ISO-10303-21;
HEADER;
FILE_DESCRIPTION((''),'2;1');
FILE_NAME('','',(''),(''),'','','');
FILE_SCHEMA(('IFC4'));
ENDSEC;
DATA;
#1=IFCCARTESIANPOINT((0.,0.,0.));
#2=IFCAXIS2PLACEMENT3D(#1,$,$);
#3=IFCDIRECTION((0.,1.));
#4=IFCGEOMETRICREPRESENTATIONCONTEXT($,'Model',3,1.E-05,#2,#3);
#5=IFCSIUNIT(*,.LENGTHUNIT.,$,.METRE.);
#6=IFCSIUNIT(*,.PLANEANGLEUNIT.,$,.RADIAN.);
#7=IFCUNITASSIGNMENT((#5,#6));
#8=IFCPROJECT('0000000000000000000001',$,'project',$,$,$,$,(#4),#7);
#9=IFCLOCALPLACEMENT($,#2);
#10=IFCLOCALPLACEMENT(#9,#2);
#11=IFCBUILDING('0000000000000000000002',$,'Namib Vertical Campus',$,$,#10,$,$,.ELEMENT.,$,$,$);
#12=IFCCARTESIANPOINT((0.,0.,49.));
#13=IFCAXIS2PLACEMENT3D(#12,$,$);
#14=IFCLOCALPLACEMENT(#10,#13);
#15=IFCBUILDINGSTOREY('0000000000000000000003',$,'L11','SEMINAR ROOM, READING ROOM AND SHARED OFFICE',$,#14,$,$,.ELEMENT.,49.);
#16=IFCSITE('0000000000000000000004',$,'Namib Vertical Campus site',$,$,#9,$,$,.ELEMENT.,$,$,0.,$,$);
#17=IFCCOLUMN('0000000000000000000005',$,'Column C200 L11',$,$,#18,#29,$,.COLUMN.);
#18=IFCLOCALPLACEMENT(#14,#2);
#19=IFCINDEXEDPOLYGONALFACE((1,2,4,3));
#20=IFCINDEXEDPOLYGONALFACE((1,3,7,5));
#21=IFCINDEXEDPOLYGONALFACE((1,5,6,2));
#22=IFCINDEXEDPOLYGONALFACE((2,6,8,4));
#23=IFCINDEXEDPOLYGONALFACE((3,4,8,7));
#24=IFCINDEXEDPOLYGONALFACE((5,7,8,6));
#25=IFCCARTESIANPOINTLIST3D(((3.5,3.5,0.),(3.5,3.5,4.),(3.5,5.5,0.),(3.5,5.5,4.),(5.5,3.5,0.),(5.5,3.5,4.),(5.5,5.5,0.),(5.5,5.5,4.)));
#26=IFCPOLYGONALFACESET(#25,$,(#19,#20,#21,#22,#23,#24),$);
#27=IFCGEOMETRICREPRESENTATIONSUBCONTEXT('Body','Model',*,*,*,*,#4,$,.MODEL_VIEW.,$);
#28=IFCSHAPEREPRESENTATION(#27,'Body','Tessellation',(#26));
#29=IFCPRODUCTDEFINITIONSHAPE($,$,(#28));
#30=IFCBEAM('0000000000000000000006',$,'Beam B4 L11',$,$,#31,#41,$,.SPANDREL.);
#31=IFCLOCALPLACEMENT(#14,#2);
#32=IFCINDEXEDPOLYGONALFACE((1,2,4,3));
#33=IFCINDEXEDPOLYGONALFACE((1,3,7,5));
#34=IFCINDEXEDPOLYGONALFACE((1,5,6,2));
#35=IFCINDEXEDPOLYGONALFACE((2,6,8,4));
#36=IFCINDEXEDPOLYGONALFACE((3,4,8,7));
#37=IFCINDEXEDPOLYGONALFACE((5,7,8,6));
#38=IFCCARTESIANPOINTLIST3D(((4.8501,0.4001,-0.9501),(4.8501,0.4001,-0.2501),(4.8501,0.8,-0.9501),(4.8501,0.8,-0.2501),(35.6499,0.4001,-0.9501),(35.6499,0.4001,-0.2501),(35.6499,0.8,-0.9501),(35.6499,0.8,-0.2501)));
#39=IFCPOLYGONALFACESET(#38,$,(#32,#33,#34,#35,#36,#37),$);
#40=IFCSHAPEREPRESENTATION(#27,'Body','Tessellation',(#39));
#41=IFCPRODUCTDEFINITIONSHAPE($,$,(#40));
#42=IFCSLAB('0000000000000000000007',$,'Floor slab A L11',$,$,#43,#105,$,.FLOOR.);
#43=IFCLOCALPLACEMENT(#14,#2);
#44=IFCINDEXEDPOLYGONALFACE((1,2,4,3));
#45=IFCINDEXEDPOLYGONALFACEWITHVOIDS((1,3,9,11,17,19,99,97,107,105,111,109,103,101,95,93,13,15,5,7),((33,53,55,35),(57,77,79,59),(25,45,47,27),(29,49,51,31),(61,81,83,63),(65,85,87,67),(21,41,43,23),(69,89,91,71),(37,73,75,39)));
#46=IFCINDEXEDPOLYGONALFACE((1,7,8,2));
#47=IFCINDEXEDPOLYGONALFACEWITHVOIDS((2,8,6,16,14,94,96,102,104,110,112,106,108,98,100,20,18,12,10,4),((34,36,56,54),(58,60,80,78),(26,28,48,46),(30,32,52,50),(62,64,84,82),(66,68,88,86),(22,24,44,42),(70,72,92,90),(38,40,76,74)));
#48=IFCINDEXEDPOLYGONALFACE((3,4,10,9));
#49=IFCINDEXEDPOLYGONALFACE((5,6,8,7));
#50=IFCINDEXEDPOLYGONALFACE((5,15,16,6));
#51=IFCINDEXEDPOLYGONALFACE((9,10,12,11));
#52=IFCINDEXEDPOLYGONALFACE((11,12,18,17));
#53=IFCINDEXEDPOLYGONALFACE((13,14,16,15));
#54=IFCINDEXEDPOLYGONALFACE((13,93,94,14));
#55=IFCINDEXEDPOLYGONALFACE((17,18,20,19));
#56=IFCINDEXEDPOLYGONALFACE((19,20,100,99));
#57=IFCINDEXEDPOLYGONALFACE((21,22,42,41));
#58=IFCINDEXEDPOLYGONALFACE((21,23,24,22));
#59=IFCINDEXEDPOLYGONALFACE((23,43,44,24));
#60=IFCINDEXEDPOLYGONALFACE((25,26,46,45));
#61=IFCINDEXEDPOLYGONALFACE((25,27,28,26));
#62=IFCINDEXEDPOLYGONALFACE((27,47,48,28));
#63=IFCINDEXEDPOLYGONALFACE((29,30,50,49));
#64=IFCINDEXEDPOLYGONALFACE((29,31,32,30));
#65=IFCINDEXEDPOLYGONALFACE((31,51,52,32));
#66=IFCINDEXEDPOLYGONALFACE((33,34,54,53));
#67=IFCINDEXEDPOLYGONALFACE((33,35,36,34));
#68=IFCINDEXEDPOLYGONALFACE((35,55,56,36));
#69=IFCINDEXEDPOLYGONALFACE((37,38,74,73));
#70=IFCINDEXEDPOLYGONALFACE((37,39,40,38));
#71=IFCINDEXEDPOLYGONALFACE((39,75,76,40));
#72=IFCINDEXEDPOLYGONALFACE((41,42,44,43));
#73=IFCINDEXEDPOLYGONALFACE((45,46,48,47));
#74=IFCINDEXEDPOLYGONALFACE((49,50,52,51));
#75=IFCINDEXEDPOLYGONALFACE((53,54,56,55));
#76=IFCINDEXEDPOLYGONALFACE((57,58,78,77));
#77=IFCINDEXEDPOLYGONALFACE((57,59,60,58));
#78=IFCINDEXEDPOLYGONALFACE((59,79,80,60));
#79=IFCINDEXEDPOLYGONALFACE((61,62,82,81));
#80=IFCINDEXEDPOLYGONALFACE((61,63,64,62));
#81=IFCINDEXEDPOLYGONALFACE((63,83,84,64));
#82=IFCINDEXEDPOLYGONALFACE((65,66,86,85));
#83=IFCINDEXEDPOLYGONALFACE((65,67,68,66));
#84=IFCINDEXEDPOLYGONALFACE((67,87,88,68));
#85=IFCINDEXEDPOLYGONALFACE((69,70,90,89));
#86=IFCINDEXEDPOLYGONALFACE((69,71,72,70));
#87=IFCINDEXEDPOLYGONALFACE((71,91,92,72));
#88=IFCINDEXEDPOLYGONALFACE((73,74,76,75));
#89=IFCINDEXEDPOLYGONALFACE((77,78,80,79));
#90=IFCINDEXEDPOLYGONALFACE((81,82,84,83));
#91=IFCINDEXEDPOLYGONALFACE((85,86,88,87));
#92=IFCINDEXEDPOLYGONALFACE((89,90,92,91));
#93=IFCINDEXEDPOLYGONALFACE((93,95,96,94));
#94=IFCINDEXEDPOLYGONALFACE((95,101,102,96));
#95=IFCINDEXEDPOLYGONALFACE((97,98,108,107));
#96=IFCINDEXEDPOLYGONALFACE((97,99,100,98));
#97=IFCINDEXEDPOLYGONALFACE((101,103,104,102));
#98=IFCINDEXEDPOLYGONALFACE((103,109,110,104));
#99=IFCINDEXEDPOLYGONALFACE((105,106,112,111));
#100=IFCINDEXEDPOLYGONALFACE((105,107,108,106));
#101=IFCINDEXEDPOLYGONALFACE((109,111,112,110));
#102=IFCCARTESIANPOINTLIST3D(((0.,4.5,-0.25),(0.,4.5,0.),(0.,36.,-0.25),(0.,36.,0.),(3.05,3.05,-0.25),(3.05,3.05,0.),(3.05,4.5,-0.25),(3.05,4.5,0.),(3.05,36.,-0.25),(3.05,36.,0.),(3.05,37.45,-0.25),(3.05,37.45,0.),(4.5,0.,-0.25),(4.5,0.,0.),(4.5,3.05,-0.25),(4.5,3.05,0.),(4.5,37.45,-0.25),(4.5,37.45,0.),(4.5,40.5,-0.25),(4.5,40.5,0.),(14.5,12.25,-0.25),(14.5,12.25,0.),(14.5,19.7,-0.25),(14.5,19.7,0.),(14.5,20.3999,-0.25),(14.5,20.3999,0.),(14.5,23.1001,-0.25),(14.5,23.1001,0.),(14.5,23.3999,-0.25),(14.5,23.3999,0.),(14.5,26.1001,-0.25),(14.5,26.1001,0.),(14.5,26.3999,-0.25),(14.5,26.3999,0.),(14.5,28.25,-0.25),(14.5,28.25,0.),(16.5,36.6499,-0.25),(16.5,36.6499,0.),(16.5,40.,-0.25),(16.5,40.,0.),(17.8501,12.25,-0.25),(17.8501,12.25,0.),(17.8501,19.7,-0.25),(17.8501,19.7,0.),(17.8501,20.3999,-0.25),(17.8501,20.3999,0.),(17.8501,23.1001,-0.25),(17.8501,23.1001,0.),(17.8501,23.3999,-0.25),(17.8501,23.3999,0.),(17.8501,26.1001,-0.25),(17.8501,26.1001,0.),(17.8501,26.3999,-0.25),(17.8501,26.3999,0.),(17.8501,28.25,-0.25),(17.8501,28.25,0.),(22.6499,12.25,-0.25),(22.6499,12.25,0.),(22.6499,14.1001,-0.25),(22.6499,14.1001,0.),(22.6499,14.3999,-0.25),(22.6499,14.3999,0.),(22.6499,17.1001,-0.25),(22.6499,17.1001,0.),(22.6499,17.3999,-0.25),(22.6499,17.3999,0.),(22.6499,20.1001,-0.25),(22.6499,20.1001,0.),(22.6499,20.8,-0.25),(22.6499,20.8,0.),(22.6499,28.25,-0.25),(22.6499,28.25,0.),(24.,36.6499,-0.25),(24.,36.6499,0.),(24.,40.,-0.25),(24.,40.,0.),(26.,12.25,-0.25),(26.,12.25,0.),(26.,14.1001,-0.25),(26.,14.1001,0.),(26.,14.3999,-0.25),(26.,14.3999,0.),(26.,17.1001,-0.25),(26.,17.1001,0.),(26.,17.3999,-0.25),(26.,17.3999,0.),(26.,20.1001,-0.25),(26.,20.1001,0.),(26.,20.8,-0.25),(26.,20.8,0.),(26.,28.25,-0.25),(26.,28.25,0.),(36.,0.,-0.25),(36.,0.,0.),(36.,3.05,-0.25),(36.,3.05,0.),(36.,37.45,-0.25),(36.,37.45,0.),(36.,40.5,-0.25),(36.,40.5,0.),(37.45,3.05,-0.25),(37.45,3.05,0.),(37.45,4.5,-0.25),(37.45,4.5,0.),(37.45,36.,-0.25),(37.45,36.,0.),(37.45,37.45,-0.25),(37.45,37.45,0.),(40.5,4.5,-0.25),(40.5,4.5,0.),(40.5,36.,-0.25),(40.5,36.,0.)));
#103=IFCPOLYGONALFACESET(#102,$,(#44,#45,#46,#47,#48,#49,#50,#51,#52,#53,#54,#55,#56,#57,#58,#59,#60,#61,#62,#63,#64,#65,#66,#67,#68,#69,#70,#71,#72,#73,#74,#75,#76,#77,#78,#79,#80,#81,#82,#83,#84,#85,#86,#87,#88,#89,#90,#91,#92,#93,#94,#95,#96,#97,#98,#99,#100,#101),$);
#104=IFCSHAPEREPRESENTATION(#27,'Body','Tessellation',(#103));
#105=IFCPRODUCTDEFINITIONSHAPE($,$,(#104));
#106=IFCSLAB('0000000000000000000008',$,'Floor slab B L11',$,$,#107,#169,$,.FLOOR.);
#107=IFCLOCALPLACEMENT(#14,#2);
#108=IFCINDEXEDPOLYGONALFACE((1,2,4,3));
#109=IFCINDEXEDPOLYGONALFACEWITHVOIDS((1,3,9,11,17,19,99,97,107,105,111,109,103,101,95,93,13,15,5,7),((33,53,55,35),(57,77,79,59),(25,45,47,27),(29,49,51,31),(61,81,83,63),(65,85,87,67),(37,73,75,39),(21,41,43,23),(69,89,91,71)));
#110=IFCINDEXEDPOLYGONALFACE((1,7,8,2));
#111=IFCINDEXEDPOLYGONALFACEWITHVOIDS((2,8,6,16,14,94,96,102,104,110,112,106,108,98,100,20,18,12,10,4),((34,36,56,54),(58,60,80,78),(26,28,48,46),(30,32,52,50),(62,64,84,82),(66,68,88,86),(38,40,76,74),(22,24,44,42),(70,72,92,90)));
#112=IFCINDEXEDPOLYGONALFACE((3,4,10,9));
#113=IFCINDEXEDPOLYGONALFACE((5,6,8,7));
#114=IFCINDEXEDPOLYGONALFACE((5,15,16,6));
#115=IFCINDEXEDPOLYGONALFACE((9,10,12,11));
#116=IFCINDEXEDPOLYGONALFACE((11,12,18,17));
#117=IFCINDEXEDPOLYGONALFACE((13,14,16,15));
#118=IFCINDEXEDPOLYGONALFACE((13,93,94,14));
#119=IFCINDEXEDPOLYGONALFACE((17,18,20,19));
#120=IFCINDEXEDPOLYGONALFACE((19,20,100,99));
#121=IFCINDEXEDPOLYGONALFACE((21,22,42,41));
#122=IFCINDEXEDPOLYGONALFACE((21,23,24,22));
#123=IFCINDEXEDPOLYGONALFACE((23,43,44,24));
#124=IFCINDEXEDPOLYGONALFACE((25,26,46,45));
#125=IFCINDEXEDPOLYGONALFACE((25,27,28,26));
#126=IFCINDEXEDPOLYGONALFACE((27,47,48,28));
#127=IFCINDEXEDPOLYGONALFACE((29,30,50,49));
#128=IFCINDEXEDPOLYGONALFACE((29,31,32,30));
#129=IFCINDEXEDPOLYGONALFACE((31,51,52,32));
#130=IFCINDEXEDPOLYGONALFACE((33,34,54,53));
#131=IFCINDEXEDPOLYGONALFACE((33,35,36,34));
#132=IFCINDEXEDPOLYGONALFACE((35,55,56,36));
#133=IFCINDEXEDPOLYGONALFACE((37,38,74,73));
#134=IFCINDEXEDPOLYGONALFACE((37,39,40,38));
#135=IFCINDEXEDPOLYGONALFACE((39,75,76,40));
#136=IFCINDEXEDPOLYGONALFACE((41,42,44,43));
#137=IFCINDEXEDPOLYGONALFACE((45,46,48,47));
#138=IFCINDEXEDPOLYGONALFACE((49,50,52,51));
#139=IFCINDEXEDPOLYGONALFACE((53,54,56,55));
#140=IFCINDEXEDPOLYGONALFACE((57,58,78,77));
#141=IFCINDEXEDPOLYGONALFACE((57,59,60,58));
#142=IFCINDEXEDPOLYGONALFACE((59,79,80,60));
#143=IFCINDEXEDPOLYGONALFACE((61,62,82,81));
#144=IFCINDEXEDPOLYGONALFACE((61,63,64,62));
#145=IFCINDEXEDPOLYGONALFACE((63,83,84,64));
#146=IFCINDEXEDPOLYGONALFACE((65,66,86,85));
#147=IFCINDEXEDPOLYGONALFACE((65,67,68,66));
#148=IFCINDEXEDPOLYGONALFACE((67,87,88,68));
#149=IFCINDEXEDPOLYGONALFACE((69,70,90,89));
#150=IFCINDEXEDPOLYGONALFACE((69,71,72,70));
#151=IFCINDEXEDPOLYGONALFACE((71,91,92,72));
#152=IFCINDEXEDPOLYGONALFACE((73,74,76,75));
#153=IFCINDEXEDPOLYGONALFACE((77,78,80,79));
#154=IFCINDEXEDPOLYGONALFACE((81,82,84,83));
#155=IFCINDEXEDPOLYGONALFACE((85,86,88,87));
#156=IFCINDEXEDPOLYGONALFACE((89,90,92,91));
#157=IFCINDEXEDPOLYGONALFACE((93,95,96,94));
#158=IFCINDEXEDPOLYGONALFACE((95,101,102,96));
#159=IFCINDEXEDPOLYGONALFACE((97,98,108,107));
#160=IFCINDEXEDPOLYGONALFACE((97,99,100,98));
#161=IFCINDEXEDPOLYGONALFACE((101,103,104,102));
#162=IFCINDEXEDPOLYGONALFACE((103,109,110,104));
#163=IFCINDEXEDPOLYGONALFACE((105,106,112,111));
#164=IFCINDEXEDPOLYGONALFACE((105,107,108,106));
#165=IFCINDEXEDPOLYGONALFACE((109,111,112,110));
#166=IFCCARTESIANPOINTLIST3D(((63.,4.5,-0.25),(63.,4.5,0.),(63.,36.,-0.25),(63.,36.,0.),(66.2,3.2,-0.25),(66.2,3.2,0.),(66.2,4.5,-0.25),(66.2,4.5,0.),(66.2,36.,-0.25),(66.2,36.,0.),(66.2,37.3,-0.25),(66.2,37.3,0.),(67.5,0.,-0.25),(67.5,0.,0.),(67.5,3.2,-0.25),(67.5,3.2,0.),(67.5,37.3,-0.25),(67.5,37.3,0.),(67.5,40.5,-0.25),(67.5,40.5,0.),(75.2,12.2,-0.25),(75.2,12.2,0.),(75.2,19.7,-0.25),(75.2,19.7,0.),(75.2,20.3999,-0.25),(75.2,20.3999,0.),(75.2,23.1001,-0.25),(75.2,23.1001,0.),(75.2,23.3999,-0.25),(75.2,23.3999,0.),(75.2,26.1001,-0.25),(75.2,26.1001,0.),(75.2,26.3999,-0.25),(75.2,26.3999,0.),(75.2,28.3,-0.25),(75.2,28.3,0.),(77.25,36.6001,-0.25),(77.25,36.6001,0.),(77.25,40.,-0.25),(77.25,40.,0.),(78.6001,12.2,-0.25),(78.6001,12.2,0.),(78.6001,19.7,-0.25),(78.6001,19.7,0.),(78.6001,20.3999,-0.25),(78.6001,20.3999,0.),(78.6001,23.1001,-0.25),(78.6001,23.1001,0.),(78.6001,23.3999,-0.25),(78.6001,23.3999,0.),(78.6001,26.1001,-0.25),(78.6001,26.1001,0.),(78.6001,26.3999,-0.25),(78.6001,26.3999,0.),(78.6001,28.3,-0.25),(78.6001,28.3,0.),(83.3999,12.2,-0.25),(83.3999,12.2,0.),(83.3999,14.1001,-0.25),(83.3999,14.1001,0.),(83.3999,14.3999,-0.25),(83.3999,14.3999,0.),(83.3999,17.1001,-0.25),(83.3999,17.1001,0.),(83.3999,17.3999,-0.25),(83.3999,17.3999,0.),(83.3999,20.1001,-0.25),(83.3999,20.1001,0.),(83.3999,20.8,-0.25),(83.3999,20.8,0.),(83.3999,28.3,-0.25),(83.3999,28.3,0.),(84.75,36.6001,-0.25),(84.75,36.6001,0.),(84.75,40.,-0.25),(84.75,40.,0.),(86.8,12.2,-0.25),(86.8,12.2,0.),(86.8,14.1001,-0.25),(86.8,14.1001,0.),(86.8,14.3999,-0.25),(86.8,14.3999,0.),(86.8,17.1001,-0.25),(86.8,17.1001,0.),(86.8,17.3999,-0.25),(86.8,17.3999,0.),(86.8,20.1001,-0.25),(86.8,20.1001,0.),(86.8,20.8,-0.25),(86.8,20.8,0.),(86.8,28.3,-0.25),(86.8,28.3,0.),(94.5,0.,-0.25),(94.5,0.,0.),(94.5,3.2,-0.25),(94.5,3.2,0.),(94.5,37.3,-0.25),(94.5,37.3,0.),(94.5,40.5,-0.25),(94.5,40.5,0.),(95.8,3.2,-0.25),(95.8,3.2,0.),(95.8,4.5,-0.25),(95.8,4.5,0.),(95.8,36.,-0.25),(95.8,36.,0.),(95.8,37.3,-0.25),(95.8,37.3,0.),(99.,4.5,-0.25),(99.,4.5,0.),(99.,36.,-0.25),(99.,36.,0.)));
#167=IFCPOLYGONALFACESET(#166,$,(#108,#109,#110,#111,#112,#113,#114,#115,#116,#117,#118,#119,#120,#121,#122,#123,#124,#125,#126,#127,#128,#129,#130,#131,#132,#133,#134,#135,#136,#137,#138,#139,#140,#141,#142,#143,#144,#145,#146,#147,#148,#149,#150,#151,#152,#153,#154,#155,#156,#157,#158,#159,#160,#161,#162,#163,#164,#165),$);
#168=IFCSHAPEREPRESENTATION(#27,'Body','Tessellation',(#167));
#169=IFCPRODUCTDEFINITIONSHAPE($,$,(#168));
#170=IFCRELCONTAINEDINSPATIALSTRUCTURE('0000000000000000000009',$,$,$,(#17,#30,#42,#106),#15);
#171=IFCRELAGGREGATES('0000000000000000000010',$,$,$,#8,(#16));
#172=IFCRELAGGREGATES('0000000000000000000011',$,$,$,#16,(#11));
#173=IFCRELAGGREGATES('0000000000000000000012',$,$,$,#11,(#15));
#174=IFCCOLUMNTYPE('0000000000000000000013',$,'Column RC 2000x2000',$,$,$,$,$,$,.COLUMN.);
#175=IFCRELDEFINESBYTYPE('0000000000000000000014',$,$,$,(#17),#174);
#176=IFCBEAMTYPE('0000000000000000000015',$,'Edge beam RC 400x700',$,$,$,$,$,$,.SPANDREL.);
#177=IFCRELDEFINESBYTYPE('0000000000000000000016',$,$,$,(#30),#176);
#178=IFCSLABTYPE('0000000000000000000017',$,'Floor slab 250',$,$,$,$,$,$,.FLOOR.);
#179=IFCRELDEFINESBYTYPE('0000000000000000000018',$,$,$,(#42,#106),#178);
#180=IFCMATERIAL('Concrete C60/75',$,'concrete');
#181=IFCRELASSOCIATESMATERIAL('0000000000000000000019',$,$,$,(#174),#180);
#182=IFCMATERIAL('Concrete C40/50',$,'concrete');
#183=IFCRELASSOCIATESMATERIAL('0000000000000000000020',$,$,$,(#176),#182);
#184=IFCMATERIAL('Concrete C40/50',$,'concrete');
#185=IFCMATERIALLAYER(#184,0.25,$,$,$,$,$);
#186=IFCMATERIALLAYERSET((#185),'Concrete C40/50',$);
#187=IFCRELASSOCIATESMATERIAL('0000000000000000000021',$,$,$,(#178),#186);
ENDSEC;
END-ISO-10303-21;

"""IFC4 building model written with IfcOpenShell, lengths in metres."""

from ifc_helpers import new_model, si_unit, direction, frame, origin, origin_2d, place, context, subcontext, project, spatial, polyline, rectangle, outline, extrude, material, layer, layer_set, material_profile, profile_set, type_object, element, save


model = new_model("IFC4")

# Units and contexts
model_context = context("Model", 3, precision=1e-05, world=origin(), true_north=direction((0.0, 1.0)))
body_context = subcontext(model_context, "Body", "Model", "MODEL_VIEW")
ifc_project = project(units=[si_unit("LENGTHUNIT", "METRE"), si_unit("PLANEANGLEUNIT", "RADIAN")], contexts=[model_context])

# Site, building, storey
site_placement = place(None, origin())
site = spatial("IfcSite", under=ifc_project, at=site_placement, Name="Namib Vertical Campus site", CompositionType="ELEMENT", RefElevation=0.0)
building_placement = place(site_placement, origin())
building = spatial("IfcBuilding", under=site, at=building_placement, Name="Namib Vertical Campus", CompositionType="ELEMENT")
storey_placement = place(building_placement, frame((0.0, 0.0, 49.0)))
storey = spatial("IfcBuildingStorey", under=building, at=storey_placement, Name="L11", Description="SEMINAR ROOM, READING ROOM AND SHARED OFFICE", CompositionType="ELEMENT", Elevation=49.0)

# Column
ifc_material_1 = material(Name="Concrete C60/75", Category="concrete")
ifc_material_profile_1 = material_profile(ifc_material_1, rectangle(XDim=2.0, YDim=2.0, at=origin_2d()))
ifc_profile_set_1 = profile_set([ifc_material_profile_1], Name="Concrete C60/75")
column_type = type_object("IfcColumnType", Name="Column RC 2000x2000", PredefinedType="COLUMN", material=ifc_profile_set_1)
column_placement = place(storey_placement, frame((4.5, 4.5, 0.0), z_axis=(0.0, 0.0, 1.0), x_axis=(1.0, 0.0, 0.0)))
element("IfcColumn", 1, at=column_placement, inside=storey, type_object=column_type, Name="Column C200 L11", PredefinedType="COLUMN", context=body_context, shape_type="SweptSolid", body=[
    extrude(rectangle(XDim=2.0, YDim=2.0, at=origin_2d()), origin(), (0.0, 0.0, 1.0), 4.0),
])

# Beam
ifc_material_2 = material(Name="Concrete C40/50", Category="concrete")
ifc_material_profile_2 = material_profile(ifc_material_2, rectangle(XDim=0.3999, YDim=0.7, at=origin_2d()))
ifc_profile_set_2 = profile_set([ifc_material_profile_2], Name="Concrete C40/50")
beam_type = type_object("IfcBeamType", Name="Edge beam RC 400x700", PredefinedType="SPANDREL", material=ifc_profile_set_2)
beam_placement = place(storey_placement, frame((4.8501, 0.6001, -0.6001), z_axis=(1.0, 0.0, 0.0), x_axis=(0.0, 1.0, 0.0)))
element("IfcBeam", 2, at=beam_placement, inside=storey, type_object=beam_type, Name="Beam B4 L11", PredefinedType="SPANDREL", context=body_context, shape_type="SweptSolid", body=[
    extrude(rectangle(XDim=0.3999, YDim=0.7, at=origin_2d()), origin(), (0.0, 0.0, 1.0), 30.7998),
])

# Slabs
ifc_material_3 = material(Name="Concrete C40/50", Category="concrete")
ifc_layer_1 = layer(ifc_material_3, 0.25)
ifc_layer_set_1 = layer_set([ifc_layer_1], Name="Concrete C40/50")
slab_type_1 = type_object("IfcSlabType", Name="Floor slab 250", PredefinedType="FLOOR", material=ifc_layer_set_1)
slab_1_placement = place(storey_placement, frame((0.0, 0.0, -0.25)))
element("IfcSlab", 3, at=slab_1_placement, inside=storey, type_object=slab_type_1, Name="Floor slab A L11", PredefinedType="FLOOR", context=body_context, shape_type="SweptSolid", body=[
    extrude(outline(polyline([(4.5, 0.0), (36.0, 0.0), (36.0, 3.05), (37.45, 3.05), (37.45, 4.5), (40.5, 4.5), (40.5, 36.0), (37.45, 36.0), (37.45, 37.45), (36.0, 37.45), (36.0, 40.5), (4.5, 40.5), (4.5, 37.45), (3.05, 37.45), (3.05, 36.0), (0.0, 36.0), (0.0, 4.5), (3.05, 4.5), (3.05, 3.05), (4.5, 3.05), (4.5, 0.0)]), holes=[polyline([(14.5, 12.25), (17.8501, 12.25), (17.8501, 19.7), (14.5, 19.7), (14.5, 12.25)]), polyline([(22.6499, 20.8), (26.0, 20.8), (26.0, 28.25), (22.6499, 28.25), (22.6499, 20.8)]), polyline([(22.6499, 12.25), (26.0, 12.25), (26.0, 14.1001), (22.6499, 14.1001), (22.6499, 12.25)]), polyline([(14.5, 20.3999), (17.8501, 20.3999), (17.8501, 23.1001), (14.5, 23.1001), (14.5, 20.3999)]), polyline([(14.5, 23.3999), (17.8501, 23.3999), (17.8501, 26.1001), (14.5, 26.1001), (14.5, 23.3999)]), polyline([(14.5, 26.3999), (17.8501, 26.3999), (17.8501, 28.25), (14.5, 28.25), (14.5, 26.3999)]), polyline([(22.6499, 14.3999), (26.0, 14.3999), (26.0, 17.1001), (22.6499, 17.1001), (22.6499, 14.3999)]), polyline([(22.6499, 17.3999), (26.0, 17.3999), (26.0, 20.1001), (22.6499, 20.1001), (22.6499, 17.3999)]), polyline([(16.5, 36.6499), (24.0, 36.6499), (24.0, 40.0), (16.5, 40.0), (16.5, 36.6499)])]), origin(), (0.0, 0.0, 1.0), 0.25),
])
slab_2_placement = place(storey_placement, frame((0.0, 0.0, -0.25)))
element("IfcSlab", 4, at=slab_2_placement, inside=storey, type_object=slab_type_1, Name="Floor slab B L11", PredefinedType="FLOOR", context=body_context, shape_type="SweptSolid", body=[
    extrude(outline(polyline([(67.5, 0.0), (94.5, 0.0), (94.5, 3.2), (95.8, 3.2), (95.8, 4.5), (99.0, 4.5), (99.0, 36.0), (95.8, 36.0), (95.8, 37.3), (94.5, 37.3), (94.5, 40.5), (67.5, 40.5), (67.5, 37.3), (66.2, 37.3), (66.2, 36.0), (63.0, 36.0), (63.0, 4.5), (66.2, 4.5), (66.2, 3.2), (67.5, 3.2), (67.5, 0.0)]), holes=[polyline([(75.2, 12.2), (78.6001, 12.2), (78.6001, 19.7), (75.2, 19.7), (75.2, 12.2)]), polyline([(83.3999, 20.8), (86.8, 20.8), (86.8, 28.3), (83.3999, 28.3), (83.3999, 20.8)]), polyline([(83.3999, 12.2), (86.8, 12.2), (86.8, 14.1001), (83.3999, 14.1001), (83.3999, 12.2)]), polyline([(75.2, 20.3999), (78.6001, 20.3999), (78.6001, 23.1001), (75.2, 23.1001), (75.2, 20.3999)]), polyline([(75.2, 23.3999), (78.6001, 23.3999), (78.6001, 26.1001), (75.2, 26.1001), (75.2, 23.3999)]), polyline([(75.2, 26.3999), (78.6001, 26.3999), (78.6001, 28.3), (75.2, 28.3), (75.2, 26.3999)]), polyline([(83.3999, 14.3999), (86.8, 14.3999), (86.8, 17.1001), (83.3999, 17.1001), (83.3999, 14.3999)]), polyline([(83.3999, 17.3999), (86.8, 17.3999), (86.8, 20.1001), (83.3999, 20.1001), (83.3999, 17.3999)]), polyline([(77.25, 36.6001), (84.75, 36.6001), (84.75, 40.0), (77.25, 40.0), (77.25, 36.6001)])]), origin(), (0.0, 0.0, 1.0), 0.25),
])

save(model, "model.ifc")
